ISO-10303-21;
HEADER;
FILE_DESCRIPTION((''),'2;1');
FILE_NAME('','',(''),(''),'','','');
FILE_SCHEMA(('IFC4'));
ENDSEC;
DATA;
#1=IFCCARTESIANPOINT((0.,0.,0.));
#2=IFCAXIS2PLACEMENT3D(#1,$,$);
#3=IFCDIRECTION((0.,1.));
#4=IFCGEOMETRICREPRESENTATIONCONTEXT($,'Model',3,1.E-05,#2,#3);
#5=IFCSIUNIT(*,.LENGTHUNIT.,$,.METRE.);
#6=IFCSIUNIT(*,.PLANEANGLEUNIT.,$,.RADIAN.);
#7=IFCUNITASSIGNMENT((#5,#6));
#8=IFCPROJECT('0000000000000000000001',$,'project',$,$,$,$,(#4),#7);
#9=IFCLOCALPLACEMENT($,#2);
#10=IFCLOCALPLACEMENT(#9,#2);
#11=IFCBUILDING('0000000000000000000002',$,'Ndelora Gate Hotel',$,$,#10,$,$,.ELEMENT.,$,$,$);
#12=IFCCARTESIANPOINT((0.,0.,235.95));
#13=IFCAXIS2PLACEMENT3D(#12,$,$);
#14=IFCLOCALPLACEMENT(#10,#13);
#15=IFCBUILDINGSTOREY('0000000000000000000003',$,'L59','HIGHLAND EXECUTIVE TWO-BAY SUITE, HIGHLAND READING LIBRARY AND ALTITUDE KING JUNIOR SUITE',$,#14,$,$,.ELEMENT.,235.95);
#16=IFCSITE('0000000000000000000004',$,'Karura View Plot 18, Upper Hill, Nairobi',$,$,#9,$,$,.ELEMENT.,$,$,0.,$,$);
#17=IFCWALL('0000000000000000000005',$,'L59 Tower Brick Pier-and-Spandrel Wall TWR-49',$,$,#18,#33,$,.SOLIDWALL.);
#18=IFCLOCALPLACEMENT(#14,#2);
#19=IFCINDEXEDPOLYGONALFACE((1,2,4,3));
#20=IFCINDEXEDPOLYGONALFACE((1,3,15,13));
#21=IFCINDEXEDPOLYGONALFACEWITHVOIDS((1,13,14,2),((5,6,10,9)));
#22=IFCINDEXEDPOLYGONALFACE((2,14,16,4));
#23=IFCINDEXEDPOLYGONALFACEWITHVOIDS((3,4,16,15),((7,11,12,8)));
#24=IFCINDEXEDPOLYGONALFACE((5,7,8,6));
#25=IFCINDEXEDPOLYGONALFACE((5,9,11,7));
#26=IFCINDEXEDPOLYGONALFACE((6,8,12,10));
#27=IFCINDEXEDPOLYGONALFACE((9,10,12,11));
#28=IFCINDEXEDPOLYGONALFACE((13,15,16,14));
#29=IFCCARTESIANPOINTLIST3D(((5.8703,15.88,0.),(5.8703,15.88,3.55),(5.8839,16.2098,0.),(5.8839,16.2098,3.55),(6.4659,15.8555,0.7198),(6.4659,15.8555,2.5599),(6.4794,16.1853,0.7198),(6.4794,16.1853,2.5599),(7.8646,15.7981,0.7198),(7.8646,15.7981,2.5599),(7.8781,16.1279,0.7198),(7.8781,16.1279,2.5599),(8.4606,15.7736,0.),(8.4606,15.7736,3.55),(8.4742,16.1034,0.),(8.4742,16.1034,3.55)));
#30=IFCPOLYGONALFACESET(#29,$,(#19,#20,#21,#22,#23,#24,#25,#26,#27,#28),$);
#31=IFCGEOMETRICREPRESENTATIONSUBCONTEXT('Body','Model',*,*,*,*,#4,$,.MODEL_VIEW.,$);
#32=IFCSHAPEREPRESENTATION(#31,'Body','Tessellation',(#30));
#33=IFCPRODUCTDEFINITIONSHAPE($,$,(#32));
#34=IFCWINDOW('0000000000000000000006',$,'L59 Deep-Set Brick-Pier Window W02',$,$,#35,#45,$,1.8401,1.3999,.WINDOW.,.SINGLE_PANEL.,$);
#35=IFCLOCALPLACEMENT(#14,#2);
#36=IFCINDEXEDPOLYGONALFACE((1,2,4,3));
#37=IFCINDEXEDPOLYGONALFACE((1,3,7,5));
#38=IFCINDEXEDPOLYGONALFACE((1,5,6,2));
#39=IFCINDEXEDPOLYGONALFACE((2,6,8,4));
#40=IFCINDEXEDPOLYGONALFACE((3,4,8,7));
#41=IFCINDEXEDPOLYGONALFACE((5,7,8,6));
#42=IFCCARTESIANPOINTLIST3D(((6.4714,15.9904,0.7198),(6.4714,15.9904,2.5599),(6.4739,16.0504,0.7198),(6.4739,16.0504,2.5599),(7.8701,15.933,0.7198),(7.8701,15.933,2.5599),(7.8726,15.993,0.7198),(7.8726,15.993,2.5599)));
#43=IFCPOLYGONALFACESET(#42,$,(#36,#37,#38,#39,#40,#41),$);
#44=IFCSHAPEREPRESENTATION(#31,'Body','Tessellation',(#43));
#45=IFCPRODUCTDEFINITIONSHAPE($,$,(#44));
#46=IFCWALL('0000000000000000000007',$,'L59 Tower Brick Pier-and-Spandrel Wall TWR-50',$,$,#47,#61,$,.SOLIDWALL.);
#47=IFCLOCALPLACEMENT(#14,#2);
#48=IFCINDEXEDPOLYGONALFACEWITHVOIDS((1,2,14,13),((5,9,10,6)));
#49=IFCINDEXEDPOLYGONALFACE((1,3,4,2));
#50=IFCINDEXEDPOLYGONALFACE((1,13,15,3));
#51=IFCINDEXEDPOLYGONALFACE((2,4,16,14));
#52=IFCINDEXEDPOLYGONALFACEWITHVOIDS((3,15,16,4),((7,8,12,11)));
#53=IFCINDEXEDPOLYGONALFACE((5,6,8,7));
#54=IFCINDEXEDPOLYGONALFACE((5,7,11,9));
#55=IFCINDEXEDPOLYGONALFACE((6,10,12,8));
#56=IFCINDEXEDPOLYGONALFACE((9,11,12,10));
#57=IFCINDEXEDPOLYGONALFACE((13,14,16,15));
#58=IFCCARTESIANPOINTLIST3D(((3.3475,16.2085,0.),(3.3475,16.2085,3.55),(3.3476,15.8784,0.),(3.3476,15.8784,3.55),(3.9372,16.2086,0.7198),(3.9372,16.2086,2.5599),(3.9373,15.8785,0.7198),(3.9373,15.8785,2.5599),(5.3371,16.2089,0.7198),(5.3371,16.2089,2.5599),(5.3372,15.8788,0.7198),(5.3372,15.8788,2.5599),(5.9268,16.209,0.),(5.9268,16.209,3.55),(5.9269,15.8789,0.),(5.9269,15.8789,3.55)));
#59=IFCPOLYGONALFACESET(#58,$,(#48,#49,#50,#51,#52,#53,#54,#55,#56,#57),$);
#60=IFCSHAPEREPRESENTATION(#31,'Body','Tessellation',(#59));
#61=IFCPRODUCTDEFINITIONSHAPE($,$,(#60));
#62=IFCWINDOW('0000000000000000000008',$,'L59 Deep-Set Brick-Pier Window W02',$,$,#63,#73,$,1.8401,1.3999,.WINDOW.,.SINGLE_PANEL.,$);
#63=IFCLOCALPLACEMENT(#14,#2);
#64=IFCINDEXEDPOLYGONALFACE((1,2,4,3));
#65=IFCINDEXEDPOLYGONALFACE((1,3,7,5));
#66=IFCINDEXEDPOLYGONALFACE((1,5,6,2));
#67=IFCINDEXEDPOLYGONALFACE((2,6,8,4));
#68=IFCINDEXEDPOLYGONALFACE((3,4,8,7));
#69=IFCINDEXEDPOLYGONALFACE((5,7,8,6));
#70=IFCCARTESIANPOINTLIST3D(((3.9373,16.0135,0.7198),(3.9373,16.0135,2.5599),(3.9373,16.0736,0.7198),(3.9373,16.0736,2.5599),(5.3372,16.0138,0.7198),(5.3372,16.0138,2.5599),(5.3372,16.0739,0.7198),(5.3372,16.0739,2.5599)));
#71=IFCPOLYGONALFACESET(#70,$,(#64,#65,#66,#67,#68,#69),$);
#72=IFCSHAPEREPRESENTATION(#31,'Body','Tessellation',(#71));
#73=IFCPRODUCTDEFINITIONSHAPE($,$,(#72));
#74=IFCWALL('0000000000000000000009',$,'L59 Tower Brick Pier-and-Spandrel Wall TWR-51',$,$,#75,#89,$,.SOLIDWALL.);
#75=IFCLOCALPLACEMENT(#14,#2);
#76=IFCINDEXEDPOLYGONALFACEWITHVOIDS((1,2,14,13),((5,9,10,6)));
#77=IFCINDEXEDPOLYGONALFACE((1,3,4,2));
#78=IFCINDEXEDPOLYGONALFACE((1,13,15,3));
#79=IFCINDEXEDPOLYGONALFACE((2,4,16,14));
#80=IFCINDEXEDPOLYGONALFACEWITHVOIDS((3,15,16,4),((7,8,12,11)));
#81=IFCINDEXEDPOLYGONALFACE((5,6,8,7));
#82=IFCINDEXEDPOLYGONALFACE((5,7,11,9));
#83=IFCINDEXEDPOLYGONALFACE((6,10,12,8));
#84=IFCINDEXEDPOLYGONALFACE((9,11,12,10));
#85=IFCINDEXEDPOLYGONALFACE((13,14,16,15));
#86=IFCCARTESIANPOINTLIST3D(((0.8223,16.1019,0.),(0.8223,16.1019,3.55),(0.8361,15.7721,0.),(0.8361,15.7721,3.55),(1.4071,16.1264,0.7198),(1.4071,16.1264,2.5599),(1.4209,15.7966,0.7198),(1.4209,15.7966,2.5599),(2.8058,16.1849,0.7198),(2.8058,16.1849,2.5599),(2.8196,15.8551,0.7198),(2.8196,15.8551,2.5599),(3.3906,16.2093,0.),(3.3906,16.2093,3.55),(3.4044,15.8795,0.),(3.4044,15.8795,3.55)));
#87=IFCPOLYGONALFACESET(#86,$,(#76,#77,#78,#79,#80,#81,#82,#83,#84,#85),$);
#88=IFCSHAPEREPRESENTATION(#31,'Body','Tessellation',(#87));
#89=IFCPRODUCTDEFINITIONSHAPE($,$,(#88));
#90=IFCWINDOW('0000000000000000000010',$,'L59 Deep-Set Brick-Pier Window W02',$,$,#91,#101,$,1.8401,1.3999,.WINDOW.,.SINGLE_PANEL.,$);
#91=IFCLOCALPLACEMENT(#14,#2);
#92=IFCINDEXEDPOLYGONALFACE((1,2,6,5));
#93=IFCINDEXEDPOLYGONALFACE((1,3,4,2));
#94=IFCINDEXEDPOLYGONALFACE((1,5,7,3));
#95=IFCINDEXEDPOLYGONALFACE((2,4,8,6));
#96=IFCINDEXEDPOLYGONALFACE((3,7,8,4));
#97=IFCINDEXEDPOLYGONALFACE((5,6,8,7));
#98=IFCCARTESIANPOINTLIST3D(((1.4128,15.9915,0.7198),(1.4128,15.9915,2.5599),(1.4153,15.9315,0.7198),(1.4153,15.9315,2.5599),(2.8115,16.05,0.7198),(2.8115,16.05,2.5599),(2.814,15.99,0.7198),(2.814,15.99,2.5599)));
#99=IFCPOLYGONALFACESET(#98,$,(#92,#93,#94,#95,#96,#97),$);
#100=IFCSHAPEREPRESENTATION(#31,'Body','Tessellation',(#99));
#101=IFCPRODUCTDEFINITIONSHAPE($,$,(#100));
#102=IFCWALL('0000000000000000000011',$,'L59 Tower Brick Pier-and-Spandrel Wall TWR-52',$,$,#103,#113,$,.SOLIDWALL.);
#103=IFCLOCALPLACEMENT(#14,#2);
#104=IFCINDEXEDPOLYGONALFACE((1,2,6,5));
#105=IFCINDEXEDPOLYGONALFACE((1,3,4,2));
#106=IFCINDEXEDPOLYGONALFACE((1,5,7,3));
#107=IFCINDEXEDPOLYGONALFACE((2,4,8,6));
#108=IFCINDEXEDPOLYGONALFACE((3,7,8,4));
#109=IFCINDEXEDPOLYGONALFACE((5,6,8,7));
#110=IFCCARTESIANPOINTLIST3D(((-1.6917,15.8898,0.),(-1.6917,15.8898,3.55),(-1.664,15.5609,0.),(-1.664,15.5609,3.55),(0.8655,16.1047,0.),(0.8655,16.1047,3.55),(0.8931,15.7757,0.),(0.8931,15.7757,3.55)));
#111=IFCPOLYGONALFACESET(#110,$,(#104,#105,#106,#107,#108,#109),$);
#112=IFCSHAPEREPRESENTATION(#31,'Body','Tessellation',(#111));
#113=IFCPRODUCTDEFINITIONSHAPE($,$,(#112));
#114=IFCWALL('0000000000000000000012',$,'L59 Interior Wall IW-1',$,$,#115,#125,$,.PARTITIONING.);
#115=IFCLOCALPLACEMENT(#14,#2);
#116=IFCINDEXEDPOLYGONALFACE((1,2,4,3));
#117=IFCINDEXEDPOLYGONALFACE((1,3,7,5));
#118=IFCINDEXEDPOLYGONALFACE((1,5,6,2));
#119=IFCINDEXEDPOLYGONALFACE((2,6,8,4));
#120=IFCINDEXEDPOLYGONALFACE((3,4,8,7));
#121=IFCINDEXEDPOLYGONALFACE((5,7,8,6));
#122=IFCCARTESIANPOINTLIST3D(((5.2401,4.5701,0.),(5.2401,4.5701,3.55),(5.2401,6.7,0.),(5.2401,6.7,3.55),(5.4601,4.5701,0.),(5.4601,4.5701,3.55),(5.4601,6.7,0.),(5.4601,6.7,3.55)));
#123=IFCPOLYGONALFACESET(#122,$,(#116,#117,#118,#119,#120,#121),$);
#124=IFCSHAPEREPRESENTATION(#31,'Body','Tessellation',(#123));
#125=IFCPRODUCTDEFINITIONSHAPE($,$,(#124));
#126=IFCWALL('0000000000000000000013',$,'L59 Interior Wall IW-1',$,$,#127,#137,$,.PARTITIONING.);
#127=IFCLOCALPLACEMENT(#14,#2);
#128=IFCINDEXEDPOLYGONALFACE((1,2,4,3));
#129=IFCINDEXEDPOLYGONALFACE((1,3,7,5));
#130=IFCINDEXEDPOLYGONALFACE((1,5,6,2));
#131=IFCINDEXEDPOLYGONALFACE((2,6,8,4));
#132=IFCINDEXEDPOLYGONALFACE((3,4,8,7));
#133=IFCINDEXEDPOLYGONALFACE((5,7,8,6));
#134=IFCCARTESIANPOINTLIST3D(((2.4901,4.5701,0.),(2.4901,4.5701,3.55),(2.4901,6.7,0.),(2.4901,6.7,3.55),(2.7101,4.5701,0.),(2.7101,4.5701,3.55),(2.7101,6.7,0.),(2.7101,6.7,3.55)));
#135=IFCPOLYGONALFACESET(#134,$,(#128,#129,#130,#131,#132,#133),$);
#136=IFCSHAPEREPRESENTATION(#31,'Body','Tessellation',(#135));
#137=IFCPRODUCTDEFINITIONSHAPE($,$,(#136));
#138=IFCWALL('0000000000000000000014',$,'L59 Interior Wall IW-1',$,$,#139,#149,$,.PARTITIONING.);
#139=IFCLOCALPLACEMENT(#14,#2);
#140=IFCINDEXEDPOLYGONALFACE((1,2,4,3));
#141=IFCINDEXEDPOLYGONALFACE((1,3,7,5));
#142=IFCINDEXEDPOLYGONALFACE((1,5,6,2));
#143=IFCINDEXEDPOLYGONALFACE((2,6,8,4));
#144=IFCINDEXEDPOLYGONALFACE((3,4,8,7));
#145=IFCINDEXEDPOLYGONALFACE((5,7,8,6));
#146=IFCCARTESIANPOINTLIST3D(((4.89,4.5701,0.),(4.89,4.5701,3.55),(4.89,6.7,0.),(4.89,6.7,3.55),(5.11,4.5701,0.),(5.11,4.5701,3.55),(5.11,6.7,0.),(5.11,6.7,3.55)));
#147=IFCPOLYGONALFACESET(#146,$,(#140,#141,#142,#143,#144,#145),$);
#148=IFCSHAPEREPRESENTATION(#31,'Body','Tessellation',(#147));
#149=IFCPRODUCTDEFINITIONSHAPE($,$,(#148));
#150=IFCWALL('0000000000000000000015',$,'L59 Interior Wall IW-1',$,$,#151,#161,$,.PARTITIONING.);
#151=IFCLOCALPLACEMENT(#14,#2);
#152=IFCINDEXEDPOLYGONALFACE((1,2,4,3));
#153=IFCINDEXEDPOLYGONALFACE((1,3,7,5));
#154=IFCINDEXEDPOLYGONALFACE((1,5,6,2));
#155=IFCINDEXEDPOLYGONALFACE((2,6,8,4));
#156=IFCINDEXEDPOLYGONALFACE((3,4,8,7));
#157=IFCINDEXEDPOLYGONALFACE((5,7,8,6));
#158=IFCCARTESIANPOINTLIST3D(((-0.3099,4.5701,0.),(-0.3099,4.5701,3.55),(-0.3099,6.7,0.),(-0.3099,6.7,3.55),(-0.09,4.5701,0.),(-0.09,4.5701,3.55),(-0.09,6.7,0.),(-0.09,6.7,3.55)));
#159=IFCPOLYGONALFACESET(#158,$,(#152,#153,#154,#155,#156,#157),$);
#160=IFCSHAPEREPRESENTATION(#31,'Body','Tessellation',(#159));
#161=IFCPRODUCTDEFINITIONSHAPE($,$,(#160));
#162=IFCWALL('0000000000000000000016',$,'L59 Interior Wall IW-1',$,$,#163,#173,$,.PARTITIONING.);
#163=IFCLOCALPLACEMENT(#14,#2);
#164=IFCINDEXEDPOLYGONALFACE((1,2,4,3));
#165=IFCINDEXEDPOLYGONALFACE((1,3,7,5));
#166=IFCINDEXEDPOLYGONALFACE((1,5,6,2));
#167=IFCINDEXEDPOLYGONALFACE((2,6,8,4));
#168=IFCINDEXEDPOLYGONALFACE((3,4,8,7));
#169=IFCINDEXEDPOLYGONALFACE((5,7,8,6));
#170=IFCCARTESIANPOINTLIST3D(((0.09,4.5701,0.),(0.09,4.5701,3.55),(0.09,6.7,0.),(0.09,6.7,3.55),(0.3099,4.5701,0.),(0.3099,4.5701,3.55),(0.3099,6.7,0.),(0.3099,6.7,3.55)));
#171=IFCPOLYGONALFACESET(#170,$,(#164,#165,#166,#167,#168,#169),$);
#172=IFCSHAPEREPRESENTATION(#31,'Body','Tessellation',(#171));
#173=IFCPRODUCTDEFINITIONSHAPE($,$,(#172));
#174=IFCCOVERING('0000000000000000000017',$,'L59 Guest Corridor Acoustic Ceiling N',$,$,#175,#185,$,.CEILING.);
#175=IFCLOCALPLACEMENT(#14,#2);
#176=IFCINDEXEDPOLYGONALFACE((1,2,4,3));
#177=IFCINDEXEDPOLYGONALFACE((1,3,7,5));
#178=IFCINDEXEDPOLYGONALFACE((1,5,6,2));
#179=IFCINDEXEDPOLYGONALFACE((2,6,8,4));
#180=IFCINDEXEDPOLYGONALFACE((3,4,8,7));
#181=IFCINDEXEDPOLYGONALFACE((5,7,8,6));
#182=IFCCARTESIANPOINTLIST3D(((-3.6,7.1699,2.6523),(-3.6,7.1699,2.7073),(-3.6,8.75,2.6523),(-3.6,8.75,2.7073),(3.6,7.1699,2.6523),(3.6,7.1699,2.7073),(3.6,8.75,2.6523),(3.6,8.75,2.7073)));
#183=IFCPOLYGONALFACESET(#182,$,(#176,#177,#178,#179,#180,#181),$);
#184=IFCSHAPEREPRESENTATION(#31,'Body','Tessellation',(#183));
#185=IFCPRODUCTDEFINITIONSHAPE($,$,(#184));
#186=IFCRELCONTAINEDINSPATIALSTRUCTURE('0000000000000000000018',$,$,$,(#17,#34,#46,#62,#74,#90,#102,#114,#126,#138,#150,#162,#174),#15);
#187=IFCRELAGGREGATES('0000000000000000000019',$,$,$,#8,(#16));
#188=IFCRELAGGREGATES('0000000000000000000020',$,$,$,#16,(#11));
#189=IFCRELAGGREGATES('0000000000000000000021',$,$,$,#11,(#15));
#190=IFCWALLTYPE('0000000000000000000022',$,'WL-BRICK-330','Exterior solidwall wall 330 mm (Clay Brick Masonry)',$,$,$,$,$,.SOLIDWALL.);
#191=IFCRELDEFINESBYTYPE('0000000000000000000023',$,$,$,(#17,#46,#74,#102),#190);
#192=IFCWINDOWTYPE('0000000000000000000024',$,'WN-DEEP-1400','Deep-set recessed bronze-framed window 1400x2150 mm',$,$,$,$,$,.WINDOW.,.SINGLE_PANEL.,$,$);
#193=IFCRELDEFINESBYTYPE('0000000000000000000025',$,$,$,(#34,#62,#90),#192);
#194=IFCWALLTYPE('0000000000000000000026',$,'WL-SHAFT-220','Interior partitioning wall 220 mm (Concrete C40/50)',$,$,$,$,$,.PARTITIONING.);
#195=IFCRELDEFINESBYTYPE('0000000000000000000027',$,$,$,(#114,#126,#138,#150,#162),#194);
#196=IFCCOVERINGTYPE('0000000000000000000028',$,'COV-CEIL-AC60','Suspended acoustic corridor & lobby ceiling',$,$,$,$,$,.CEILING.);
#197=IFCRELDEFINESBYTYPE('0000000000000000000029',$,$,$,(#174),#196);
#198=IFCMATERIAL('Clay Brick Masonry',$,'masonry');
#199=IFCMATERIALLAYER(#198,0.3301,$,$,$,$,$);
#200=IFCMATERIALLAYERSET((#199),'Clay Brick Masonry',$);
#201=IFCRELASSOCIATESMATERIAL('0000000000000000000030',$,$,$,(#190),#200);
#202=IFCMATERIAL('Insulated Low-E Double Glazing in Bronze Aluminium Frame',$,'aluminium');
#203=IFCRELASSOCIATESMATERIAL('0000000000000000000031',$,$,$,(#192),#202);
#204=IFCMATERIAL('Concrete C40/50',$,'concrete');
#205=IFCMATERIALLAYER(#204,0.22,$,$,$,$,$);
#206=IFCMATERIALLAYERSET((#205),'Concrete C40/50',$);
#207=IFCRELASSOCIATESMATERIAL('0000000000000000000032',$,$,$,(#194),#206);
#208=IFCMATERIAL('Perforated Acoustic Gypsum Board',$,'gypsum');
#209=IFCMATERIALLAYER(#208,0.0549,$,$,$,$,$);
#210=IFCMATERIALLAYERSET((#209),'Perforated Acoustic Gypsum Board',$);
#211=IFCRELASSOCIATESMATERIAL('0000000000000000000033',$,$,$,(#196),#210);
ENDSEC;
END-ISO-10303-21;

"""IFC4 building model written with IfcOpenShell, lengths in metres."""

from ifc_helpers import new_model, si_unit, direction, frame, frame_2d, origin, origin_2d, place, context, subcontext, project, spatial, rectangle, extrude, material, layer, layer_set, type_object, element, fill, save


model = new_model("IFC4")

# Units and contexts
model_context = context("Model", 3, precision=1e-05, world=origin(), true_north=direction((0.0, 1.0)))
body_context = subcontext(model_context, "Body", "Model", "MODEL_VIEW")
ifc_project = project(units=[si_unit("LENGTHUNIT", "METRE"), si_unit("PLANEANGLEUNIT", "RADIAN")], contexts=[model_context])

# Site, building, storey
site_placement = place(None, origin())
site = spatial("IfcSite", under=ifc_project, at=site_placement, Name="Karura View Plot 18, Upper Hill, Nairobi", CompositionType="ELEMENT", RefElevation=0.0)
building_placement = place(site_placement, origin())
building = spatial("IfcBuilding", under=site, at=building_placement, Name="Ndelora Gate Hotel", CompositionType="ELEMENT")
storey_placement = place(building_placement, frame((0.0, 0.0, 235.95)))
storey = spatial("IfcBuildingStorey", under=building, at=storey_placement, Name="L59", Description="HIGHLAND EXECUTIVE TWO-BAY SUITE, HIGHLAND READING LIBRARY AND ALTITUDE KING JUNIOR SUITE", CompositionType="ELEMENT", Elevation=235.95)

# Walls, openings, windows
ifc_material_1 = material(Name="Clay Brick Masonry", Category="masonry")
ifc_layer_1 = layer(ifc_material_1, 0.3301)
ifc_layer_set_1 = layer_set([ifc_layer_1], Name="Clay Brick Masonry")
wall_type_1 = type_object("IfcWallType", Name="WL-BRICK-330", Description="Exterior solidwall wall 330 mm (Clay Brick Masonry)", PredefinedType="SOLIDWALL", material=ifc_layer_set_1)
wall_1_placement = place(storey_placement, frame((5.877, 16.0449, 0.0), z_axis=(0.0, 0.0, 1.0), x_axis=(0.999157, -0.041059, 0.0)))
wall_1 = element("IfcWall", 1, at=wall_1_placement, inside=storey, type_object=wall_type_1, Name="L59 Tower Brick Pier-and-Spandrel Wall TWR-49", PredefinedType="SOLIDWALL", context=body_context, shape_type="SweptSolid", body=[
    extrude(rectangle(XDim=2.5925, YDim=0.3301, at=frame_2d((1.2964, 0.0))), origin(), (0.0, 0.0, 1.0), 3.55),
])
opening_1_placement = place(wall_1_placement, frame((0.5962, 0.0, 0.72)))
opening_1 = element("IfcOpeningElement", 2, at=opening_1_placement, cuts=wall_1, PredefinedType="OPENING", context=body_context, shape_type="SweptSolid", body=[
    extrude(rectangle(XDim=1.3999, YDim=1.8401, at=frame_2d((0.7, 0.9199))), frame((0.0, 0.175, 0.0), z_axis=(0.0, -1.0, 0.0), x_axis=(1.0, 0.0, 0.0)), (0.0, 0.0, 1.0), 0.3501),
])
ifc_material_2 = material(Name="Insulated Low-E Double Glazing in Bronze Aluminium Frame", Category="aluminium")
window_type = type_object("IfcWindowType", Name="WN-DEEP-1400", Description="Deep-set recessed bronze-framed window 1400x2150 mm", PartitioningType="SINGLE_PANEL", PredefinedType="WINDOW", material=ifc_material_2)
window_1_placement = place(opening_1_placement, origin())
window_1 = element("IfcWindow", 3, at=window_1_placement, inside=storey, type_object=window_type, Name="L59 Deep-Set Brick-Pier Window W02", OverallHeight=1.8401, OverallWidth=1.3999, PartitioningType="SINGLE_PANEL", PredefinedType="WINDOW", context=body_context, shape_type="SweptSolid", body=[
    extrude(rectangle(XDim=1.3999, YDim=1.8401, at=frame_2d((0.7, 0.9199))), frame((0.0, 0.03, 0.0), z_axis=(0.0, -1.0, 0.0), x_axis=(1.0, 0.0, 0.0)), (0.0, 0.0, 1.0), 0.0601),
])
fill(opening_1, window_1)
wall_2_placement = place(storey_placement, frame((3.3477, 16.0435, 0.0), z_axis=(0.0, 0.0, 1.0), x_axis=(1.0, 0.000189, 0.0)))
wall_2 = element("IfcWall", 4, at=wall_2_placement, inside=storey, type_object=wall_type_1, Name="L59 Tower Brick Pier-and-Spandrel Wall TWR-50", PredefinedType="SOLIDWALL", context=body_context, shape_type="SweptSolid", body=[
    extrude(rectangle(XDim=2.5793, YDim=0.3301, at=frame_2d((1.2896, 0.0))), origin(), (0.0, 0.0, 1.0), 3.55),
])
opening_2_placement = place(wall_2_placement, frame((0.5896, 0.0, 0.72)))
opening_2 = element("IfcOpeningElement", 5, at=opening_2_placement, cuts=wall_2, PredefinedType="OPENING", context=body_context, shape_type="SweptSolid", body=[
    extrude(rectangle(XDim=1.3999, YDim=1.8401, at=frame_2d((0.7, 0.9199))), frame((0.0, 0.175, 0.0), z_axis=(0.0, -1.0, 0.0), x_axis=(1.0, 0.0, 0.0)), (0.0, 0.0, 1.0), 0.3501),
])
window_2_placement = place(opening_2_placement, origin())
window_2 = element("IfcWindow", 6, at=window_2_placement, inside=storey, type_object=window_type, Name="L59 Deep-Set Brick-Pier Window W02", OverallHeight=1.8401, OverallWidth=1.3999, PartitioningType="SINGLE_PANEL", PredefinedType="WINDOW", context=body_context, shape_type="SweptSolid", body=[
    extrude(rectangle(XDim=1.3999, YDim=1.8401, at=frame_2d((0.7, 0.9199))), frame((0.0, 0.03, 0.0), z_axis=(0.0, -1.0, 0.0), x_axis=(1.0, 0.0, 0.0)), (0.0, 0.0, 1.0), 0.0601),
])
fill(opening_2, window_2)
wall_3_placement = place(storey_placement, frame((0.8293, 15.937, 0.0), z_axis=(0.0, 0.0, 1.0), x_axis=(0.999126, 0.041789, 0.0)))
wall_3 = element("IfcWall", 7, at=wall_3_placement, inside=storey, type_object=wall_type_1, Name="L59 Tower Brick Pier-and-Spandrel Wall TWR-51", PredefinedType="SOLIDWALL", context=body_context, shape_type="SweptSolid", body=[
    extrude(rectangle(XDim=2.5706, YDim=0.3301, at=frame_2d((1.2852, 0.0))), origin(), (0.0, 0.0, 1.0), 3.55),
])
opening_3_placement = place(wall_3_placement, frame((0.5852, 0.0, 0.72)))
opening_3 = element("IfcOpeningElement", 8, at=opening_3_placement, cuts=wall_3, PredefinedType="OPENING", context=body_context, shape_type="SweptSolid", body=[
    extrude(rectangle(XDim=1.3999, YDim=1.8401, at=frame_2d((0.7, 0.9199))), frame((0.0, 0.175, 0.0), z_axis=(0.0, -1.0, 0.0), x_axis=(1.0, 0.0, 0.0)), (0.0, 0.0, 1.0), 0.3501),
])
window_3_placement = place(opening_3_placement, origin())
window_3 = element("IfcWindow", 9, at=window_3_placement, inside=storey, type_object=window_type, Name="L59 Deep-Set Brick-Pier Window W02", OverallHeight=1.8401, OverallWidth=1.3999, PartitioningType="SINGLE_PANEL", PredefinedType="WINDOW", context=body_context, shape_type="SweptSolid", body=[
    extrude(rectangle(XDim=1.3999, YDim=1.8401, at=frame_2d((0.7, 0.9199))), frame((0.0, 0.03, 0.0), z_axis=(0.0, -1.0, 0.0), x_axis=(1.0, 0.0, 0.0)), (0.0, 0.0, 1.0), 0.0601),
])
fill(opening_3, window_3)

# Wall
wall_4_placement = place(storey_placement, frame((-1.678, 15.7253, 0.0), z_axis=(0.0, 0.0, 1.0), x_axis=(0.996489, 0.083723, 0.0)))
element("IfcWall", 10, at=wall_4_placement, inside=storey, type_object=wall_type_1, Name="L59 Tower Brick Pier-and-Spandrel Wall TWR-52", PredefinedType="SOLIDWALL", context=body_context, shape_type="SweptSolid", body=[
    extrude(rectangle(XDim=2.5662, YDim=0.3301, at=frame_2d((1.2832, 0.0))), origin(), (0.0, 0.0, 1.0), 3.55),
])

# Shared definitions
ifc_material_3 = material(Name="Concrete C40/50", Category="concrete")
ifc_layer_2 = layer(ifc_material_3, 0.22)
ifc_layer_set_2 = layer_set([ifc_layer_2], Name="Concrete C40/50")
wall_type_2 = type_object("IfcWallType", Name="WL-SHAFT-220", Description="Interior partitioning wall 220 mm (Concrete C40/50)", PredefinedType="PARTITIONING", material=ifc_layer_set_2)

# Walls
for number, where, z_axis, x_axis, name in (
    (11, (5.3501, 4.5701, 0.0), (0.0, 0.0, 1.0), (0.0, 1.0, 0.0), "L59 Interior Wall IW-1"),
    (12, (2.6001, 4.5701, 0.0), (0.0, 0.0, 1.0), (0.0, 1.0, 0.0), "L59 Interior Wall IW-1"),
    (13, (5.0, 4.5701, 0.0), (0.0, 0.0, 1.0), (0.0, 1.0, 0.0), "L59 Interior Wall IW-1"),
    (14, (-0.2, 4.5701, 0.0), (0.0, 0.0, 1.0), (0.0, 1.0, 0.0), "L59 Interior Wall IW-1"),
    (15, (0.2, 4.5701, 0.0), (0.0, 0.0, 1.0), (0.0, 1.0, 0.0), "L59 Interior Wall IW-1"),
):
    element("IfcWall", number, at=place(storey_placement, frame(where, z_axis=z_axis, x_axis=x_axis)), inside=storey, type_object=wall_type_2, Name=name, PredefinedType="PARTITIONING", context=body_context, shape_type="SweptSolid", body=[
        extrude(rectangle(XDim=2.1299, YDim=0.22, at=frame_2d((1.0649, 0.0))), origin(), (0.0, 0.0, 1.0), 3.55),
    ])

# Covering
ifc_material_4 = material(Name="Perforated Acoustic Gypsum Board", Category="gypsum")
ifc_layer_3 = layer(ifc_material_4, 0.0549)
ifc_layer_set_3 = layer_set([ifc_layer_3], Name="Perforated Acoustic Gypsum Board")
covering_type_1 = type_object("IfcCoveringType", Name="COV-CEIL-AC60", Description="Suspended acoustic corridor & lobby ceiling", PredefinedType="CEILING", material=ifc_layer_set_3)
covering_1_placement = place(storey_placement, frame((0.0, 7.96, 2.6523), z_axis=(0.0, 0.0, 1.0), x_axis=(1.0, 0.0, 0.0)))
element("IfcCovering", 16, at=covering_1_placement, inside=storey, type_object=covering_type_1, Name="L59 Guest Corridor Acoustic Ceiling N", PredefinedType="CEILING", context=body_context, shape_type="SweptSolid", body=[
    extrude(rectangle(XDim=7.2, YDim=1.5801, at=origin_2d()), origin(), (0.0, 0.0, 1.0), 0.0549),
])

save(model, "model.ifc")
